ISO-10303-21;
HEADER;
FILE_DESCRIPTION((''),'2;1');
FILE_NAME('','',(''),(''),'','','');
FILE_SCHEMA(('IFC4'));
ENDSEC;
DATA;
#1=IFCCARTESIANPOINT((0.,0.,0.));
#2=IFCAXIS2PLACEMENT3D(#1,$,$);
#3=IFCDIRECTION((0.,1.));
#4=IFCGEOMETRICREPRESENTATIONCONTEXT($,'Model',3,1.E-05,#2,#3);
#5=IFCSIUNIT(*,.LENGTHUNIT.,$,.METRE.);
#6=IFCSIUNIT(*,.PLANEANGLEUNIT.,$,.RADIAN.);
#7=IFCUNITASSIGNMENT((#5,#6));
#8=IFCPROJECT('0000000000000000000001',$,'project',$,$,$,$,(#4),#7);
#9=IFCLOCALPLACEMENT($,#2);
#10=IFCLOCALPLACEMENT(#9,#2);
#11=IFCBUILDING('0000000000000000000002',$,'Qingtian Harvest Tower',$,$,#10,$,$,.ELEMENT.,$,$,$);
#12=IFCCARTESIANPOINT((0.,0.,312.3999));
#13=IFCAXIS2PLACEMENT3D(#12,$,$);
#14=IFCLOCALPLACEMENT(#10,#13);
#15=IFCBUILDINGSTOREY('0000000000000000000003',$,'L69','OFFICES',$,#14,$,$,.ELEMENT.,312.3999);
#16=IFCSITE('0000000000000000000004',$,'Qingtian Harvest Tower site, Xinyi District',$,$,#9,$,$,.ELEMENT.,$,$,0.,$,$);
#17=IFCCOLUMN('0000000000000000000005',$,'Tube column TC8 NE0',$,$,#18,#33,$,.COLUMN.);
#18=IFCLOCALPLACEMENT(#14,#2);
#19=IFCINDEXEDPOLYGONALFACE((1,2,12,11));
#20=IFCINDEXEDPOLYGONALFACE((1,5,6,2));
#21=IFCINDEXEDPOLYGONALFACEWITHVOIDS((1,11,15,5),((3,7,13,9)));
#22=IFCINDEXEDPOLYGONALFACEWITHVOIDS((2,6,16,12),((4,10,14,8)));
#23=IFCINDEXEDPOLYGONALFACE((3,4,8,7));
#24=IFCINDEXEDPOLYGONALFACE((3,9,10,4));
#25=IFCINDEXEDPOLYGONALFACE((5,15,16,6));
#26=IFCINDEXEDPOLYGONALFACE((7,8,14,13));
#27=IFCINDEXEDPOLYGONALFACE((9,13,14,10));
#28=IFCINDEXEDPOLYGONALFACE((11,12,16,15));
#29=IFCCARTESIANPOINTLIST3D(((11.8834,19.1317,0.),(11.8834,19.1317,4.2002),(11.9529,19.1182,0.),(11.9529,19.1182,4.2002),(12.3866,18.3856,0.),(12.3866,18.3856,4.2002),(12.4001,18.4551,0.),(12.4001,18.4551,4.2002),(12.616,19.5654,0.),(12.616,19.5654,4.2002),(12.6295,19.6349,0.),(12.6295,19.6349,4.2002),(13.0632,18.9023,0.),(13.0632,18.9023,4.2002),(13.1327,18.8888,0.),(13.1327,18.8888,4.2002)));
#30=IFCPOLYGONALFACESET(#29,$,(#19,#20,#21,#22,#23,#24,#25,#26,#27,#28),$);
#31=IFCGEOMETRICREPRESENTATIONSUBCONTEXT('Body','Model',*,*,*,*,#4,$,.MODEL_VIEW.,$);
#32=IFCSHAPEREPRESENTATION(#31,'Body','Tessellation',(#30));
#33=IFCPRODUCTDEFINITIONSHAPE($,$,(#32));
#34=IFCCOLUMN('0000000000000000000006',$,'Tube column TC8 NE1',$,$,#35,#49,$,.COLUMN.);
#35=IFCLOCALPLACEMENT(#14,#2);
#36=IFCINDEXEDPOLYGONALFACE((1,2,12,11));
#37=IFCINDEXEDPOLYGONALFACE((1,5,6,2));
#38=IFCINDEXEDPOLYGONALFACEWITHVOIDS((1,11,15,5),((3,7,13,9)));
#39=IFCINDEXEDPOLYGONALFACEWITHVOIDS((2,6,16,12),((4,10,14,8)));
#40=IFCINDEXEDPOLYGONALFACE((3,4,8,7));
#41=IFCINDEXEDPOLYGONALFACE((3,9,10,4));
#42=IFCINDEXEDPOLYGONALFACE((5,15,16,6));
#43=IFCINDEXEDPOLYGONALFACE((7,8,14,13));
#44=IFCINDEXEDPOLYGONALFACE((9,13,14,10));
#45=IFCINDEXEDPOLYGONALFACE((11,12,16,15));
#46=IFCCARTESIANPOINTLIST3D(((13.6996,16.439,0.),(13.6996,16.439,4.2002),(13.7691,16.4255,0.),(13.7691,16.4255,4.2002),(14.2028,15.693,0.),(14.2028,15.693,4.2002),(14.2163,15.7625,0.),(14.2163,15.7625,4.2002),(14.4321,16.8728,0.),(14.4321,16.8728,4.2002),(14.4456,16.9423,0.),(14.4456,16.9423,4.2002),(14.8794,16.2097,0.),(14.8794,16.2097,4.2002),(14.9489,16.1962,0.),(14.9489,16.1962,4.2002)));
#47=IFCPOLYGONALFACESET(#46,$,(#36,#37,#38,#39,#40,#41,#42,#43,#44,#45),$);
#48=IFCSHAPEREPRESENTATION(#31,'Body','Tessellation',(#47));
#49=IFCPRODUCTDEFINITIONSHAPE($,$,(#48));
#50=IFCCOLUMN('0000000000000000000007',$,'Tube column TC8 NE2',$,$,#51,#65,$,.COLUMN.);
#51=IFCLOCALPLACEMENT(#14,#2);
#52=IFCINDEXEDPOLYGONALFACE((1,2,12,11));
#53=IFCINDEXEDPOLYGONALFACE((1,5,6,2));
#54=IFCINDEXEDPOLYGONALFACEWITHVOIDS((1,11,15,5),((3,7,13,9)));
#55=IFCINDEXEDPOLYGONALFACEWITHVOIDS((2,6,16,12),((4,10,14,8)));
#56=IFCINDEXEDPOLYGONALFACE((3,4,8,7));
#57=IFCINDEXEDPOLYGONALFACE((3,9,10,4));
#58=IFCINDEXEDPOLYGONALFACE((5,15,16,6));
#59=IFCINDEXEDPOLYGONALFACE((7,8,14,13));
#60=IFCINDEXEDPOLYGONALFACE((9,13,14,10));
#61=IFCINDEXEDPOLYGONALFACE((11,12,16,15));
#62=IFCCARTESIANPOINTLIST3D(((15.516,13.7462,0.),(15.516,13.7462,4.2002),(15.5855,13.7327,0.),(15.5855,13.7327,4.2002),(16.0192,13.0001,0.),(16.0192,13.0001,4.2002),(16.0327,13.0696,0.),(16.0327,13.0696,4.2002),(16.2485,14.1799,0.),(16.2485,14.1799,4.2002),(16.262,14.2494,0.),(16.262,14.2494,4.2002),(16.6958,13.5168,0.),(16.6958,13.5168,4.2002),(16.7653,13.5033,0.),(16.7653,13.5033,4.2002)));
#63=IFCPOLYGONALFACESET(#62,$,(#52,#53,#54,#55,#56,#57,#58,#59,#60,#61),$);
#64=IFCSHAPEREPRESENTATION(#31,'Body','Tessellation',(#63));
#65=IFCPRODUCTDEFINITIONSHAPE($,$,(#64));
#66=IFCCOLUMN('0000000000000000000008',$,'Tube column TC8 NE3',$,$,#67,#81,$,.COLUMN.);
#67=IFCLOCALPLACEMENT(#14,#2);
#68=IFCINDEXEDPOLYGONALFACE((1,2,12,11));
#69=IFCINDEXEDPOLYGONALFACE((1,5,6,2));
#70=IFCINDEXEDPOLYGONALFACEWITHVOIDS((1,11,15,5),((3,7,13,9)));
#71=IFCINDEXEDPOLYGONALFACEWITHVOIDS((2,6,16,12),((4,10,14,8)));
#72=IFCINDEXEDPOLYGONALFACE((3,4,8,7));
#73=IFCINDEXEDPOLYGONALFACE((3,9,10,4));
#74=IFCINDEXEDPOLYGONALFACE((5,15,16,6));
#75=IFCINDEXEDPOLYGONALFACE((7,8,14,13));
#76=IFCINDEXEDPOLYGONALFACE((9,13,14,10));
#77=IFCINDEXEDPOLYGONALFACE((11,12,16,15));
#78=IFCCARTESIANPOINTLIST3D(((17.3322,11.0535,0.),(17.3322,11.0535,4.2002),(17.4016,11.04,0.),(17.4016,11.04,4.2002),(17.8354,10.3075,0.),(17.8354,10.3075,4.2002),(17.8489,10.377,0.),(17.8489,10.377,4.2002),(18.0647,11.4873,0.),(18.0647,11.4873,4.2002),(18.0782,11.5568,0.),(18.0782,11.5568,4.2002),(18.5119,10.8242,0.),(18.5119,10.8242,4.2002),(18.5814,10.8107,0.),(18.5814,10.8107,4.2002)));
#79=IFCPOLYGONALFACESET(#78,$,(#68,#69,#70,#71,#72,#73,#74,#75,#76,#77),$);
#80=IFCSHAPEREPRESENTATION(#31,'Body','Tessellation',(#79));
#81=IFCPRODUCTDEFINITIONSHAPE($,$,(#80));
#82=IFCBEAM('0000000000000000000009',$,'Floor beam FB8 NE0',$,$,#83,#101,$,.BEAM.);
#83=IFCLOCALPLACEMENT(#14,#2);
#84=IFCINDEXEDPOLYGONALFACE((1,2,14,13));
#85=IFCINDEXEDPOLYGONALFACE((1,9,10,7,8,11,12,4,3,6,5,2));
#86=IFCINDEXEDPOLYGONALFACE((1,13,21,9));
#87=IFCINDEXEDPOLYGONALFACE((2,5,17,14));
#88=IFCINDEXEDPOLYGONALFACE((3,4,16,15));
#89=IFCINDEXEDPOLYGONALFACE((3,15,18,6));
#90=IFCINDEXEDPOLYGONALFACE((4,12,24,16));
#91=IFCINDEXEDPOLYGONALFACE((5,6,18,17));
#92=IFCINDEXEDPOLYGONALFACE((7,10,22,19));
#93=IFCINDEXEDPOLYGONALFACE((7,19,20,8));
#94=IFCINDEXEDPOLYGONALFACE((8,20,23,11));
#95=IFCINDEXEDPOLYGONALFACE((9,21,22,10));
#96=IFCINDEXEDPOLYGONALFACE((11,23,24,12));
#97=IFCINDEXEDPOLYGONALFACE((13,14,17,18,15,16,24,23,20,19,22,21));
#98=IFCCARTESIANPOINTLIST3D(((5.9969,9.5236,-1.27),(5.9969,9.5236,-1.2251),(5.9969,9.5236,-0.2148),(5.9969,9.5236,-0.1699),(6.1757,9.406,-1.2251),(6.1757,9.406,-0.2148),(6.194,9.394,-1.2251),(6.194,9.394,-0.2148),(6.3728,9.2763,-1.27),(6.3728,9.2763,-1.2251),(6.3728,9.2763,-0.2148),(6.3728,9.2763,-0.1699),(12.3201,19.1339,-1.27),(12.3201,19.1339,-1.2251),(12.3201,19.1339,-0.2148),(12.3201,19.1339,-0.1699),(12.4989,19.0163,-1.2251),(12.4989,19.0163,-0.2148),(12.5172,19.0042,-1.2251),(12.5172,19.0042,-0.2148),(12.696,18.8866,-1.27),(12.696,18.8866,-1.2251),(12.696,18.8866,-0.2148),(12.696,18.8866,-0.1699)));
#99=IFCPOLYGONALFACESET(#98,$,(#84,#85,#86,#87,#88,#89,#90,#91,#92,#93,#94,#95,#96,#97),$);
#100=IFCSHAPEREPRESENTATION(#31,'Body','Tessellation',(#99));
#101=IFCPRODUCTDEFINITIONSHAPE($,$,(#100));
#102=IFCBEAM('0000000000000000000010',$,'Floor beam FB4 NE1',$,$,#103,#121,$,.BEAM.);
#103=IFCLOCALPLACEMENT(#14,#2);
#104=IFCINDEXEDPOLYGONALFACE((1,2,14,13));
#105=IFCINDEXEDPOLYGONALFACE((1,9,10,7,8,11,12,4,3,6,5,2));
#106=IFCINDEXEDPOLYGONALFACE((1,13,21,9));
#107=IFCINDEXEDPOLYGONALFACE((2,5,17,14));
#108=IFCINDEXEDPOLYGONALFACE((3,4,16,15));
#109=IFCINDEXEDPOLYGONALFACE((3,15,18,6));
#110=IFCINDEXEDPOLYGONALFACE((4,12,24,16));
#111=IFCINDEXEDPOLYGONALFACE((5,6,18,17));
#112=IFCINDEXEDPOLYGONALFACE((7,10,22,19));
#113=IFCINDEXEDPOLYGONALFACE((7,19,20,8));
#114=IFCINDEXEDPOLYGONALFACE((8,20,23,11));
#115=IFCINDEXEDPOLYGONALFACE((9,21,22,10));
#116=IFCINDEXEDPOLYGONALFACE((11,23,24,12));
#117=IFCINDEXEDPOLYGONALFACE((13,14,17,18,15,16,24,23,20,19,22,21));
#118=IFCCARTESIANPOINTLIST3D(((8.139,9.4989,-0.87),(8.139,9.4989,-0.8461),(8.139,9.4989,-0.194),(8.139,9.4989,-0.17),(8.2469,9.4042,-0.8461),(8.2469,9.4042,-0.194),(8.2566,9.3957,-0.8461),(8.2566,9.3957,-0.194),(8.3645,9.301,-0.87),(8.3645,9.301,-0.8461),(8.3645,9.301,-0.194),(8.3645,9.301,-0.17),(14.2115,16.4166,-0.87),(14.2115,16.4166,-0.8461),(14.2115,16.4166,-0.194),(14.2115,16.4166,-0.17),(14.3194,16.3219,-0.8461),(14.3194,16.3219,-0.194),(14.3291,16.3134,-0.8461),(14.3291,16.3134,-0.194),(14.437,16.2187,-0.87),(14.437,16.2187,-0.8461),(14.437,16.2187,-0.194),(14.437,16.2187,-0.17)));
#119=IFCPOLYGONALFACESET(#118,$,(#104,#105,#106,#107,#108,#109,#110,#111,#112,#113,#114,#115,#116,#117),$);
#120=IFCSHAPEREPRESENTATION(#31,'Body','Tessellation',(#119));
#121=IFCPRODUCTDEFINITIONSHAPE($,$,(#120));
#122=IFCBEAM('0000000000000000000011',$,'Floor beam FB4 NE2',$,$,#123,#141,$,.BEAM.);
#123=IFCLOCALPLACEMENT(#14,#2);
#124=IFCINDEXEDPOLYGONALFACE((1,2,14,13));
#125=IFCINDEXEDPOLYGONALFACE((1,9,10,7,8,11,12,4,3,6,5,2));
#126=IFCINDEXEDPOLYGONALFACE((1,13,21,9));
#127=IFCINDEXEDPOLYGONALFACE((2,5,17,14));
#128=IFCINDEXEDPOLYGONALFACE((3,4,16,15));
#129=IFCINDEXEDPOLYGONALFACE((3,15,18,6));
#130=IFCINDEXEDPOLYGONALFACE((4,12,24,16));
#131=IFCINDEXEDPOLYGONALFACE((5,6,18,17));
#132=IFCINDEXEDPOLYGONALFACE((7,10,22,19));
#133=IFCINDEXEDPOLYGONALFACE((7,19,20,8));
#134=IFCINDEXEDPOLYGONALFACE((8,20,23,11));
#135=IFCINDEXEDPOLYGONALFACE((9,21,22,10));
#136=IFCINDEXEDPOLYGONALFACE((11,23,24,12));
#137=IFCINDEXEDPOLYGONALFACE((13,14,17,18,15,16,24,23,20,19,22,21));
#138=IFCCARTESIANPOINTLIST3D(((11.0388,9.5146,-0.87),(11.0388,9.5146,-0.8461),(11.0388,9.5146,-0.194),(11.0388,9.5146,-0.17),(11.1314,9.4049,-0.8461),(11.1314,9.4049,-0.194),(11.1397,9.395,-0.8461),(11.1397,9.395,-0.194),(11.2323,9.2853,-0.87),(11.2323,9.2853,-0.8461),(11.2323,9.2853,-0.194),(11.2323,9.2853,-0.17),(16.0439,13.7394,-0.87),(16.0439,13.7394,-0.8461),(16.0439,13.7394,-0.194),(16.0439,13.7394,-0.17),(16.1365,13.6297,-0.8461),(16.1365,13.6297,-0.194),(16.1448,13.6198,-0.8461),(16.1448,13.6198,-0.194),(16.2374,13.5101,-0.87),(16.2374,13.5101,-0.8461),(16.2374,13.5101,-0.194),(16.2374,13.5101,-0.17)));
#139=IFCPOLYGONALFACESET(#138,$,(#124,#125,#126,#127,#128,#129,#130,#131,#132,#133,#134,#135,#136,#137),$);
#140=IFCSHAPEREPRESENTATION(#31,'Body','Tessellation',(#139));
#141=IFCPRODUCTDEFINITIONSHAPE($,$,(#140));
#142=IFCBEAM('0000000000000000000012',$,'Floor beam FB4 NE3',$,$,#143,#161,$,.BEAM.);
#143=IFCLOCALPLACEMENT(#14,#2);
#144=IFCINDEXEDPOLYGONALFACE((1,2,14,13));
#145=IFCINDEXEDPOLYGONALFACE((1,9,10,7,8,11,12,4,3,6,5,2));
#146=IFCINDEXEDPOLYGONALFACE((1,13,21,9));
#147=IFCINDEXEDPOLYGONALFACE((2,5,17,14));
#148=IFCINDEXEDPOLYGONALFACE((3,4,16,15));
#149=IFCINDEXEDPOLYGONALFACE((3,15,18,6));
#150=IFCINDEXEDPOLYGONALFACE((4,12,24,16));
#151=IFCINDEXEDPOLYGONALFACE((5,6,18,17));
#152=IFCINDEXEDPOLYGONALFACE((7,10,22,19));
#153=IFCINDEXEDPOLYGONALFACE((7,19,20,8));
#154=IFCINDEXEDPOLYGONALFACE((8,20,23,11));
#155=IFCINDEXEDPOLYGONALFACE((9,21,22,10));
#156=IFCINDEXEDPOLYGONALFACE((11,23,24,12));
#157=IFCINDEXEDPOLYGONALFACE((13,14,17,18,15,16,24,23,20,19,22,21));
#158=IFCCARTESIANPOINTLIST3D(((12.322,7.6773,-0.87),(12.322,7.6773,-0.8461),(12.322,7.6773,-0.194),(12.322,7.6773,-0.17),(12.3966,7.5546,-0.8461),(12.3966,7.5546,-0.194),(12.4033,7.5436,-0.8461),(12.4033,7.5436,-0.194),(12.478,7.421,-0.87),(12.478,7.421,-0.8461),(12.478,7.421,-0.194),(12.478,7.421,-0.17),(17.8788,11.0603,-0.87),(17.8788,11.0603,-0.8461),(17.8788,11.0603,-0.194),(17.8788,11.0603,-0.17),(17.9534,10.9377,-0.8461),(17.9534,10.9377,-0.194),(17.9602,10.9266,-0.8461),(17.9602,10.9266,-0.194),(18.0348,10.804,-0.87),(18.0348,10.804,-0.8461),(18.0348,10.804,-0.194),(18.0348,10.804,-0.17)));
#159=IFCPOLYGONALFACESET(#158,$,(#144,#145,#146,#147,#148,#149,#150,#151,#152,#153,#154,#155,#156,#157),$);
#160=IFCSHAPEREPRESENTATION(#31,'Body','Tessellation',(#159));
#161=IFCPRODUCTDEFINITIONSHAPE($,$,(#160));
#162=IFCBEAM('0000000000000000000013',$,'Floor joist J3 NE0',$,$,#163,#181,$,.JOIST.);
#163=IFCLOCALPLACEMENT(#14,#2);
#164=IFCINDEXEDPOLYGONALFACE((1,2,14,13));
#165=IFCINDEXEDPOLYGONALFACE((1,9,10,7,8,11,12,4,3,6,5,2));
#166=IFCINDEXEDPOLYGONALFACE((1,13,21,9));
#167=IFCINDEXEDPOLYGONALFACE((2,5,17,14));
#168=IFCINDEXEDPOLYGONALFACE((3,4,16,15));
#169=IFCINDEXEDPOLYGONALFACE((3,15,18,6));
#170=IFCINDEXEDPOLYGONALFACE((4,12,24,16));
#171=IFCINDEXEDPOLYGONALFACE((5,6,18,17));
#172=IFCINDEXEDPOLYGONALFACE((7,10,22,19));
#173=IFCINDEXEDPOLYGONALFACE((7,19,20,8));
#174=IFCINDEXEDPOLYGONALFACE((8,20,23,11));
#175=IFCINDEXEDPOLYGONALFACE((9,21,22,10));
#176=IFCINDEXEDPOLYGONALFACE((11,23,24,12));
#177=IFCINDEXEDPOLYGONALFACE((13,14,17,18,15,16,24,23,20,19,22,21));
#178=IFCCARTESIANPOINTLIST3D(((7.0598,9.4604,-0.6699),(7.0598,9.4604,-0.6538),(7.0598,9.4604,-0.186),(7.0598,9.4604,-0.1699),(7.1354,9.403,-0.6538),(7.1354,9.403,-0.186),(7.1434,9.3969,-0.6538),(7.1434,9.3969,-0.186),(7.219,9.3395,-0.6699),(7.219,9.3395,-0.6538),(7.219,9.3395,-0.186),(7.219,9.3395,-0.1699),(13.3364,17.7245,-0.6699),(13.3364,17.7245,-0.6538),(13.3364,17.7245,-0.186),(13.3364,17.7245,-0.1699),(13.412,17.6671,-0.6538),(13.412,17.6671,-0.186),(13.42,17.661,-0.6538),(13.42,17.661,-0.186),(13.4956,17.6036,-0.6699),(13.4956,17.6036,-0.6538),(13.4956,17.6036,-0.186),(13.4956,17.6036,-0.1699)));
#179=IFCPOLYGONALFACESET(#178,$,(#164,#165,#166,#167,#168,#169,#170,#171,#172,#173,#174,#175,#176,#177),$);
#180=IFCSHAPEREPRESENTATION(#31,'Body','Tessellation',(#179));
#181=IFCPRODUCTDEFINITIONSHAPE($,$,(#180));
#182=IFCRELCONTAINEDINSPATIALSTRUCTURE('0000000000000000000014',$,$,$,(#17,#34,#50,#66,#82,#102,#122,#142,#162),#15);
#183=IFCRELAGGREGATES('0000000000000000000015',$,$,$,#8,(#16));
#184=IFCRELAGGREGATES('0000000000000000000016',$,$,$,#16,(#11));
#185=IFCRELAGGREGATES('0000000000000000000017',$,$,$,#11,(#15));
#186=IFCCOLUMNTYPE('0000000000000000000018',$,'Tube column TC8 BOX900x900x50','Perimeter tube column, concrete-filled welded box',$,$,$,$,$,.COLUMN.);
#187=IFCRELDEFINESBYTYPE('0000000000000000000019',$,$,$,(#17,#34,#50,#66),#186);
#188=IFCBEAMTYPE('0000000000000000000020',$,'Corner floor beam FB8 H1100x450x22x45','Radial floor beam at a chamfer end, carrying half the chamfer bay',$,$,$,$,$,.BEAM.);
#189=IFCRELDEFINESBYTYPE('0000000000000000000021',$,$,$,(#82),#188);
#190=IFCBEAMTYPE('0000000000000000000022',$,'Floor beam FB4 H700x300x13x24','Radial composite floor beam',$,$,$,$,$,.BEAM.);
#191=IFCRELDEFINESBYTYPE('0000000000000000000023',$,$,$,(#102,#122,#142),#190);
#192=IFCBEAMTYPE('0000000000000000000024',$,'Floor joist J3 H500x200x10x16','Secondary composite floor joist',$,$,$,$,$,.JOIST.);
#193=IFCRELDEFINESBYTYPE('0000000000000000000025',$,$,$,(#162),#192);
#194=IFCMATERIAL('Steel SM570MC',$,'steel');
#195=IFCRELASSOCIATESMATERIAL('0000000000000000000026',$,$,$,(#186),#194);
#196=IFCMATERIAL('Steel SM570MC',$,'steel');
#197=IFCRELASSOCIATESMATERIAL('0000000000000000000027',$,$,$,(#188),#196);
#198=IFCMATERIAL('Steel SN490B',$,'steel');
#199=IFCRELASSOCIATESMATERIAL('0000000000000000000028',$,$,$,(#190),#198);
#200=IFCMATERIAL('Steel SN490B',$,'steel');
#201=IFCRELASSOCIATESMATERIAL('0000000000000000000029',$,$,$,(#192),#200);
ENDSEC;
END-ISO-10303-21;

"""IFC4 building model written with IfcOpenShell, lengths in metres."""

from ifc_helpers import new_model, si_unit, direction, frame, origin, origin_2d, place, context, subcontext, project, spatial, hollow_rectangle, i_section, extrude, material, material_profile, profile_set, type_object, element, save


model = new_model("IFC4")

# Units and contexts
model_context = context("Model", 3, precision=1e-05, world=origin(), true_north=direction((0.0, 1.0)))
body_context = subcontext(model_context, "Body", "Model", "MODEL_VIEW")
ifc_project = project(units=[si_unit("LENGTHUNIT", "METRE"), si_unit("PLANEANGLEUNIT", "RADIAN")], contexts=[model_context])

# Site, building, storey
site_placement = place(None, origin())
site = spatial("IfcSite", under=ifc_project, at=site_placement, Name="Qingtian Harvest Tower site, Xinyi District", CompositionType="ELEMENT", RefElevation=0.0)
building_placement = place(site_placement, origin())
building = spatial("IfcBuilding", under=site, at=building_placement, Name="Qingtian Harvest Tower", CompositionType="ELEMENT")
storey_placement = place(building_placement, frame((0.0, 0.0, 312.3999)))
storey = spatial("IfcBuildingStorey", under=building, at=storey_placement, Name="L69", Description="OFFICES", CompositionType="ELEMENT", Elevation=312.3999)

# Columns
ifc_material_1 = material(Name="Steel SM570MC", Category="steel")
ifc_material_profile_1 = material_profile(ifc_material_1, hollow_rectangle(XDim=0.8999, YDim=0.8999, WallThickness=0.05, at=origin_2d()), Name="BOX900x900x50")
ifc_profile_set_1 = profile_set([ifc_material_profile_1], Name="Steel SM570MC")
column_type = type_object("IfcColumnType", Name="Tube column TC8 BOX900x900x50", Description="Perimeter tube column, concrete-filled welded box", PredefinedType="COLUMN", material=ifc_profile_set_1)
for number, where, z_axis, x_axis, name in (
    (1, (12.5081, 19.0103, 0.0), (0.0, 0.0, 1.0), (-0.559193, 0.829038, 0.0), "Tube column TC8 NE0"),
    (2, (14.3242, 16.3176, 0.0), (0.0, 0.0, 1.0), (-0.559193, 0.829038, 0.0), "Tube column TC8 NE1"),
    (3, (16.1406, 13.6248, 0.0), (0.0, 0.0, 1.0), (-0.559193, 0.829038, 0.0), "Tube column TC8 NE2"),
    (4, (17.9568, 10.9321, 0.0), (0.0, 0.0, 1.0), (-0.559193, 0.829038, 0.0), "Tube column TC8 NE3"),
):
    element("IfcColumn", number, at=place(storey_placement, frame(where, z_axis=z_axis, x_axis=x_axis)), inside=storey, type_object=column_type, Name=name, PredefinedType="COLUMN", context=body_context, shape_type="SweptSolid", body=[
        extrude(hollow_rectangle(XDim=0.8999, YDim=0.8999, WallThickness=0.05, at=origin_2d()), origin(), (0.0, 0.0, 1.0), 4.2002),
    ])

# Beams
ifc_material_2 = material(Name="Steel SM570MC", Category="steel")
ifc_material_profile_2 = material_profile(ifc_material_2, i_section(OverallWidth=0.45, OverallDepth=1.1001, WebThickness=0.022, FlangeThickness=0.0449, at=origin_2d()), Name="H1100x450x22x45")
ifc_profile_set_2 = profile_set([ifc_material_profile_2], Name="Steel SM570MC")
beam_type_1 = type_object("IfcBeamType", Name="Corner floor beam FB8 H1100x450x22x45", Description="Radial floor beam at a chamfer end, carrying half the chamfer bay", PredefinedType="BEAM", material=ifc_profile_set_2)
beam_1_placement = place(storey_placement, frame((12.5081, 19.0103, -0.72), z_axis=(-0.549655, -0.835391, 0.0), x_axis=(0.835391, -0.549655, 0.0)))
element("IfcBeam", 5, at=beam_1_placement, inside=storey, type_object=beam_type_1, Name="Floor beam FB8 NE0", PredefinedType="BEAM", context=body_context, shape_type="SweptSolid", body=[
    extrude(i_section(OverallWidth=0.45, OverallDepth=1.1001, WebThickness=0.022, FlangeThickness=0.0449, at=origin_2d()), origin(), (0.0, 0.0, 1.0), 11.5039),
])
ifc_material_3 = material(Name="Steel SN490B", Category="steel")
ifc_material_profile_3 = material_profile(ifc_material_3, i_section(OverallWidth=0.3, OverallDepth=0.7, WebThickness=0.0129, FlangeThickness=0.0239, at=origin_2d()), Name="H700x300x13x24")
ifc_profile_set_3 = profile_set([ifc_material_profile_3], Name="Steel SN490B")
beam_type_2 = type_object("IfcBeamType", Name="Floor beam FB4 H700x300x13x24", Description="Radial composite floor beam", PredefinedType="BEAM", material=ifc_profile_set_3)
beam_2_placement = place(storey_placement, frame((14.3242, 16.3176, -0.52), z_axis=(-0.659704, -0.751526, 0.0), x_axis=(0.751526, -0.659704, 0.0)))
element("IfcBeam", 6, at=beam_2_placement, inside=storey, type_object=beam_type_2, Name="Floor beam FB4 NE1", PredefinedType="BEAM", context=body_context, shape_type="SweptSolid", body=[
    extrude(i_section(OverallWidth=0.3, OverallDepth=0.7, WebThickness=0.0129, FlangeThickness=0.0239, at=origin_2d()), origin(), (0.0, 0.0, 1.0), 9.2048),
])
beam_3_placement = place(storey_placement, frame((16.1406, 13.6248, -0.52), z_axis=(-0.764158, -0.645029, 0.0), x_axis=(0.645029, -0.764158, 0.0)))
element("IfcBeam", 7, at=beam_3_placement, inside=storey, type_object=beam_type_2, Name="Floor beam FB4 NE2", PredefinedType="BEAM", context=body_context, shape_type="SweptSolid", body=[
    extrude(i_section(OverallWidth=0.3, OverallDepth=0.7, WebThickness=0.0129, FlangeThickness=0.0239, at=origin_2d()), origin(), (0.0, 0.0, 1.0), 6.5498),
])
beam_4_placement = place(storey_placement, frame((17.9568, 10.9321, -0.52), z_axis=(-0.854157, -0.520015, 0.0), x_axis=(0.520015, -0.854157, 0.0)))
element("IfcBeam", 8, at=beam_4_placement, inside=storey, type_object=beam_type_2, Name="Floor beam FB4 NE3", PredefinedType="BEAM", context=body_context, shape_type="SweptSolid", body=[
    extrude(i_section(OverallWidth=0.3, OverallDepth=0.7, WebThickness=0.0129, FlangeThickness=0.0239, at=origin_2d()), origin(), (0.0, 0.0, 1.0), 6.5056),
])
ifc_material_4 = material(Name="Steel SN490B", Category="steel")
ifc_material_profile_4 = material_profile(ifc_material_4, i_section(OverallWidth=0.2, OverallDepth=0.5, WebThickness=0.01, FlangeThickness=0.0161, at=origin_2d()), Name="H500x200x10x16")
ifc_profile_set_4 = profile_set([ifc_material_profile_4], Name="Steel SN490B")
beam_type_3 = type_object("IfcBeamType", Name="Floor joist J3 H500x200x10x16", Description="Secondary composite floor joist", PredefinedType="JOIST", material=ifc_profile_set_4)
beam_5_placement = place(storey_placement, frame((13.416, 17.6641, -0.4199), z_axis=(-0.60483, -0.796355, 0.0), x_axis=(0.796355, -0.60483, 0.0)))
element("IfcBeam", 9, at=beam_5_placement, inside=storey, type_object=beam_type_3, Name="Floor joist J3 NE0", PredefinedType="JOIST", context=body_context, shape_type="SweptSolid", body=[
    extrude(i_section(OverallWidth=0.2, OverallDepth=0.5, WebThickness=0.01, FlangeThickness=0.0161, at=origin_2d()), origin(), (0.0, 0.0, 1.0), 10.3774),
])

save(model, "model.ifc")
